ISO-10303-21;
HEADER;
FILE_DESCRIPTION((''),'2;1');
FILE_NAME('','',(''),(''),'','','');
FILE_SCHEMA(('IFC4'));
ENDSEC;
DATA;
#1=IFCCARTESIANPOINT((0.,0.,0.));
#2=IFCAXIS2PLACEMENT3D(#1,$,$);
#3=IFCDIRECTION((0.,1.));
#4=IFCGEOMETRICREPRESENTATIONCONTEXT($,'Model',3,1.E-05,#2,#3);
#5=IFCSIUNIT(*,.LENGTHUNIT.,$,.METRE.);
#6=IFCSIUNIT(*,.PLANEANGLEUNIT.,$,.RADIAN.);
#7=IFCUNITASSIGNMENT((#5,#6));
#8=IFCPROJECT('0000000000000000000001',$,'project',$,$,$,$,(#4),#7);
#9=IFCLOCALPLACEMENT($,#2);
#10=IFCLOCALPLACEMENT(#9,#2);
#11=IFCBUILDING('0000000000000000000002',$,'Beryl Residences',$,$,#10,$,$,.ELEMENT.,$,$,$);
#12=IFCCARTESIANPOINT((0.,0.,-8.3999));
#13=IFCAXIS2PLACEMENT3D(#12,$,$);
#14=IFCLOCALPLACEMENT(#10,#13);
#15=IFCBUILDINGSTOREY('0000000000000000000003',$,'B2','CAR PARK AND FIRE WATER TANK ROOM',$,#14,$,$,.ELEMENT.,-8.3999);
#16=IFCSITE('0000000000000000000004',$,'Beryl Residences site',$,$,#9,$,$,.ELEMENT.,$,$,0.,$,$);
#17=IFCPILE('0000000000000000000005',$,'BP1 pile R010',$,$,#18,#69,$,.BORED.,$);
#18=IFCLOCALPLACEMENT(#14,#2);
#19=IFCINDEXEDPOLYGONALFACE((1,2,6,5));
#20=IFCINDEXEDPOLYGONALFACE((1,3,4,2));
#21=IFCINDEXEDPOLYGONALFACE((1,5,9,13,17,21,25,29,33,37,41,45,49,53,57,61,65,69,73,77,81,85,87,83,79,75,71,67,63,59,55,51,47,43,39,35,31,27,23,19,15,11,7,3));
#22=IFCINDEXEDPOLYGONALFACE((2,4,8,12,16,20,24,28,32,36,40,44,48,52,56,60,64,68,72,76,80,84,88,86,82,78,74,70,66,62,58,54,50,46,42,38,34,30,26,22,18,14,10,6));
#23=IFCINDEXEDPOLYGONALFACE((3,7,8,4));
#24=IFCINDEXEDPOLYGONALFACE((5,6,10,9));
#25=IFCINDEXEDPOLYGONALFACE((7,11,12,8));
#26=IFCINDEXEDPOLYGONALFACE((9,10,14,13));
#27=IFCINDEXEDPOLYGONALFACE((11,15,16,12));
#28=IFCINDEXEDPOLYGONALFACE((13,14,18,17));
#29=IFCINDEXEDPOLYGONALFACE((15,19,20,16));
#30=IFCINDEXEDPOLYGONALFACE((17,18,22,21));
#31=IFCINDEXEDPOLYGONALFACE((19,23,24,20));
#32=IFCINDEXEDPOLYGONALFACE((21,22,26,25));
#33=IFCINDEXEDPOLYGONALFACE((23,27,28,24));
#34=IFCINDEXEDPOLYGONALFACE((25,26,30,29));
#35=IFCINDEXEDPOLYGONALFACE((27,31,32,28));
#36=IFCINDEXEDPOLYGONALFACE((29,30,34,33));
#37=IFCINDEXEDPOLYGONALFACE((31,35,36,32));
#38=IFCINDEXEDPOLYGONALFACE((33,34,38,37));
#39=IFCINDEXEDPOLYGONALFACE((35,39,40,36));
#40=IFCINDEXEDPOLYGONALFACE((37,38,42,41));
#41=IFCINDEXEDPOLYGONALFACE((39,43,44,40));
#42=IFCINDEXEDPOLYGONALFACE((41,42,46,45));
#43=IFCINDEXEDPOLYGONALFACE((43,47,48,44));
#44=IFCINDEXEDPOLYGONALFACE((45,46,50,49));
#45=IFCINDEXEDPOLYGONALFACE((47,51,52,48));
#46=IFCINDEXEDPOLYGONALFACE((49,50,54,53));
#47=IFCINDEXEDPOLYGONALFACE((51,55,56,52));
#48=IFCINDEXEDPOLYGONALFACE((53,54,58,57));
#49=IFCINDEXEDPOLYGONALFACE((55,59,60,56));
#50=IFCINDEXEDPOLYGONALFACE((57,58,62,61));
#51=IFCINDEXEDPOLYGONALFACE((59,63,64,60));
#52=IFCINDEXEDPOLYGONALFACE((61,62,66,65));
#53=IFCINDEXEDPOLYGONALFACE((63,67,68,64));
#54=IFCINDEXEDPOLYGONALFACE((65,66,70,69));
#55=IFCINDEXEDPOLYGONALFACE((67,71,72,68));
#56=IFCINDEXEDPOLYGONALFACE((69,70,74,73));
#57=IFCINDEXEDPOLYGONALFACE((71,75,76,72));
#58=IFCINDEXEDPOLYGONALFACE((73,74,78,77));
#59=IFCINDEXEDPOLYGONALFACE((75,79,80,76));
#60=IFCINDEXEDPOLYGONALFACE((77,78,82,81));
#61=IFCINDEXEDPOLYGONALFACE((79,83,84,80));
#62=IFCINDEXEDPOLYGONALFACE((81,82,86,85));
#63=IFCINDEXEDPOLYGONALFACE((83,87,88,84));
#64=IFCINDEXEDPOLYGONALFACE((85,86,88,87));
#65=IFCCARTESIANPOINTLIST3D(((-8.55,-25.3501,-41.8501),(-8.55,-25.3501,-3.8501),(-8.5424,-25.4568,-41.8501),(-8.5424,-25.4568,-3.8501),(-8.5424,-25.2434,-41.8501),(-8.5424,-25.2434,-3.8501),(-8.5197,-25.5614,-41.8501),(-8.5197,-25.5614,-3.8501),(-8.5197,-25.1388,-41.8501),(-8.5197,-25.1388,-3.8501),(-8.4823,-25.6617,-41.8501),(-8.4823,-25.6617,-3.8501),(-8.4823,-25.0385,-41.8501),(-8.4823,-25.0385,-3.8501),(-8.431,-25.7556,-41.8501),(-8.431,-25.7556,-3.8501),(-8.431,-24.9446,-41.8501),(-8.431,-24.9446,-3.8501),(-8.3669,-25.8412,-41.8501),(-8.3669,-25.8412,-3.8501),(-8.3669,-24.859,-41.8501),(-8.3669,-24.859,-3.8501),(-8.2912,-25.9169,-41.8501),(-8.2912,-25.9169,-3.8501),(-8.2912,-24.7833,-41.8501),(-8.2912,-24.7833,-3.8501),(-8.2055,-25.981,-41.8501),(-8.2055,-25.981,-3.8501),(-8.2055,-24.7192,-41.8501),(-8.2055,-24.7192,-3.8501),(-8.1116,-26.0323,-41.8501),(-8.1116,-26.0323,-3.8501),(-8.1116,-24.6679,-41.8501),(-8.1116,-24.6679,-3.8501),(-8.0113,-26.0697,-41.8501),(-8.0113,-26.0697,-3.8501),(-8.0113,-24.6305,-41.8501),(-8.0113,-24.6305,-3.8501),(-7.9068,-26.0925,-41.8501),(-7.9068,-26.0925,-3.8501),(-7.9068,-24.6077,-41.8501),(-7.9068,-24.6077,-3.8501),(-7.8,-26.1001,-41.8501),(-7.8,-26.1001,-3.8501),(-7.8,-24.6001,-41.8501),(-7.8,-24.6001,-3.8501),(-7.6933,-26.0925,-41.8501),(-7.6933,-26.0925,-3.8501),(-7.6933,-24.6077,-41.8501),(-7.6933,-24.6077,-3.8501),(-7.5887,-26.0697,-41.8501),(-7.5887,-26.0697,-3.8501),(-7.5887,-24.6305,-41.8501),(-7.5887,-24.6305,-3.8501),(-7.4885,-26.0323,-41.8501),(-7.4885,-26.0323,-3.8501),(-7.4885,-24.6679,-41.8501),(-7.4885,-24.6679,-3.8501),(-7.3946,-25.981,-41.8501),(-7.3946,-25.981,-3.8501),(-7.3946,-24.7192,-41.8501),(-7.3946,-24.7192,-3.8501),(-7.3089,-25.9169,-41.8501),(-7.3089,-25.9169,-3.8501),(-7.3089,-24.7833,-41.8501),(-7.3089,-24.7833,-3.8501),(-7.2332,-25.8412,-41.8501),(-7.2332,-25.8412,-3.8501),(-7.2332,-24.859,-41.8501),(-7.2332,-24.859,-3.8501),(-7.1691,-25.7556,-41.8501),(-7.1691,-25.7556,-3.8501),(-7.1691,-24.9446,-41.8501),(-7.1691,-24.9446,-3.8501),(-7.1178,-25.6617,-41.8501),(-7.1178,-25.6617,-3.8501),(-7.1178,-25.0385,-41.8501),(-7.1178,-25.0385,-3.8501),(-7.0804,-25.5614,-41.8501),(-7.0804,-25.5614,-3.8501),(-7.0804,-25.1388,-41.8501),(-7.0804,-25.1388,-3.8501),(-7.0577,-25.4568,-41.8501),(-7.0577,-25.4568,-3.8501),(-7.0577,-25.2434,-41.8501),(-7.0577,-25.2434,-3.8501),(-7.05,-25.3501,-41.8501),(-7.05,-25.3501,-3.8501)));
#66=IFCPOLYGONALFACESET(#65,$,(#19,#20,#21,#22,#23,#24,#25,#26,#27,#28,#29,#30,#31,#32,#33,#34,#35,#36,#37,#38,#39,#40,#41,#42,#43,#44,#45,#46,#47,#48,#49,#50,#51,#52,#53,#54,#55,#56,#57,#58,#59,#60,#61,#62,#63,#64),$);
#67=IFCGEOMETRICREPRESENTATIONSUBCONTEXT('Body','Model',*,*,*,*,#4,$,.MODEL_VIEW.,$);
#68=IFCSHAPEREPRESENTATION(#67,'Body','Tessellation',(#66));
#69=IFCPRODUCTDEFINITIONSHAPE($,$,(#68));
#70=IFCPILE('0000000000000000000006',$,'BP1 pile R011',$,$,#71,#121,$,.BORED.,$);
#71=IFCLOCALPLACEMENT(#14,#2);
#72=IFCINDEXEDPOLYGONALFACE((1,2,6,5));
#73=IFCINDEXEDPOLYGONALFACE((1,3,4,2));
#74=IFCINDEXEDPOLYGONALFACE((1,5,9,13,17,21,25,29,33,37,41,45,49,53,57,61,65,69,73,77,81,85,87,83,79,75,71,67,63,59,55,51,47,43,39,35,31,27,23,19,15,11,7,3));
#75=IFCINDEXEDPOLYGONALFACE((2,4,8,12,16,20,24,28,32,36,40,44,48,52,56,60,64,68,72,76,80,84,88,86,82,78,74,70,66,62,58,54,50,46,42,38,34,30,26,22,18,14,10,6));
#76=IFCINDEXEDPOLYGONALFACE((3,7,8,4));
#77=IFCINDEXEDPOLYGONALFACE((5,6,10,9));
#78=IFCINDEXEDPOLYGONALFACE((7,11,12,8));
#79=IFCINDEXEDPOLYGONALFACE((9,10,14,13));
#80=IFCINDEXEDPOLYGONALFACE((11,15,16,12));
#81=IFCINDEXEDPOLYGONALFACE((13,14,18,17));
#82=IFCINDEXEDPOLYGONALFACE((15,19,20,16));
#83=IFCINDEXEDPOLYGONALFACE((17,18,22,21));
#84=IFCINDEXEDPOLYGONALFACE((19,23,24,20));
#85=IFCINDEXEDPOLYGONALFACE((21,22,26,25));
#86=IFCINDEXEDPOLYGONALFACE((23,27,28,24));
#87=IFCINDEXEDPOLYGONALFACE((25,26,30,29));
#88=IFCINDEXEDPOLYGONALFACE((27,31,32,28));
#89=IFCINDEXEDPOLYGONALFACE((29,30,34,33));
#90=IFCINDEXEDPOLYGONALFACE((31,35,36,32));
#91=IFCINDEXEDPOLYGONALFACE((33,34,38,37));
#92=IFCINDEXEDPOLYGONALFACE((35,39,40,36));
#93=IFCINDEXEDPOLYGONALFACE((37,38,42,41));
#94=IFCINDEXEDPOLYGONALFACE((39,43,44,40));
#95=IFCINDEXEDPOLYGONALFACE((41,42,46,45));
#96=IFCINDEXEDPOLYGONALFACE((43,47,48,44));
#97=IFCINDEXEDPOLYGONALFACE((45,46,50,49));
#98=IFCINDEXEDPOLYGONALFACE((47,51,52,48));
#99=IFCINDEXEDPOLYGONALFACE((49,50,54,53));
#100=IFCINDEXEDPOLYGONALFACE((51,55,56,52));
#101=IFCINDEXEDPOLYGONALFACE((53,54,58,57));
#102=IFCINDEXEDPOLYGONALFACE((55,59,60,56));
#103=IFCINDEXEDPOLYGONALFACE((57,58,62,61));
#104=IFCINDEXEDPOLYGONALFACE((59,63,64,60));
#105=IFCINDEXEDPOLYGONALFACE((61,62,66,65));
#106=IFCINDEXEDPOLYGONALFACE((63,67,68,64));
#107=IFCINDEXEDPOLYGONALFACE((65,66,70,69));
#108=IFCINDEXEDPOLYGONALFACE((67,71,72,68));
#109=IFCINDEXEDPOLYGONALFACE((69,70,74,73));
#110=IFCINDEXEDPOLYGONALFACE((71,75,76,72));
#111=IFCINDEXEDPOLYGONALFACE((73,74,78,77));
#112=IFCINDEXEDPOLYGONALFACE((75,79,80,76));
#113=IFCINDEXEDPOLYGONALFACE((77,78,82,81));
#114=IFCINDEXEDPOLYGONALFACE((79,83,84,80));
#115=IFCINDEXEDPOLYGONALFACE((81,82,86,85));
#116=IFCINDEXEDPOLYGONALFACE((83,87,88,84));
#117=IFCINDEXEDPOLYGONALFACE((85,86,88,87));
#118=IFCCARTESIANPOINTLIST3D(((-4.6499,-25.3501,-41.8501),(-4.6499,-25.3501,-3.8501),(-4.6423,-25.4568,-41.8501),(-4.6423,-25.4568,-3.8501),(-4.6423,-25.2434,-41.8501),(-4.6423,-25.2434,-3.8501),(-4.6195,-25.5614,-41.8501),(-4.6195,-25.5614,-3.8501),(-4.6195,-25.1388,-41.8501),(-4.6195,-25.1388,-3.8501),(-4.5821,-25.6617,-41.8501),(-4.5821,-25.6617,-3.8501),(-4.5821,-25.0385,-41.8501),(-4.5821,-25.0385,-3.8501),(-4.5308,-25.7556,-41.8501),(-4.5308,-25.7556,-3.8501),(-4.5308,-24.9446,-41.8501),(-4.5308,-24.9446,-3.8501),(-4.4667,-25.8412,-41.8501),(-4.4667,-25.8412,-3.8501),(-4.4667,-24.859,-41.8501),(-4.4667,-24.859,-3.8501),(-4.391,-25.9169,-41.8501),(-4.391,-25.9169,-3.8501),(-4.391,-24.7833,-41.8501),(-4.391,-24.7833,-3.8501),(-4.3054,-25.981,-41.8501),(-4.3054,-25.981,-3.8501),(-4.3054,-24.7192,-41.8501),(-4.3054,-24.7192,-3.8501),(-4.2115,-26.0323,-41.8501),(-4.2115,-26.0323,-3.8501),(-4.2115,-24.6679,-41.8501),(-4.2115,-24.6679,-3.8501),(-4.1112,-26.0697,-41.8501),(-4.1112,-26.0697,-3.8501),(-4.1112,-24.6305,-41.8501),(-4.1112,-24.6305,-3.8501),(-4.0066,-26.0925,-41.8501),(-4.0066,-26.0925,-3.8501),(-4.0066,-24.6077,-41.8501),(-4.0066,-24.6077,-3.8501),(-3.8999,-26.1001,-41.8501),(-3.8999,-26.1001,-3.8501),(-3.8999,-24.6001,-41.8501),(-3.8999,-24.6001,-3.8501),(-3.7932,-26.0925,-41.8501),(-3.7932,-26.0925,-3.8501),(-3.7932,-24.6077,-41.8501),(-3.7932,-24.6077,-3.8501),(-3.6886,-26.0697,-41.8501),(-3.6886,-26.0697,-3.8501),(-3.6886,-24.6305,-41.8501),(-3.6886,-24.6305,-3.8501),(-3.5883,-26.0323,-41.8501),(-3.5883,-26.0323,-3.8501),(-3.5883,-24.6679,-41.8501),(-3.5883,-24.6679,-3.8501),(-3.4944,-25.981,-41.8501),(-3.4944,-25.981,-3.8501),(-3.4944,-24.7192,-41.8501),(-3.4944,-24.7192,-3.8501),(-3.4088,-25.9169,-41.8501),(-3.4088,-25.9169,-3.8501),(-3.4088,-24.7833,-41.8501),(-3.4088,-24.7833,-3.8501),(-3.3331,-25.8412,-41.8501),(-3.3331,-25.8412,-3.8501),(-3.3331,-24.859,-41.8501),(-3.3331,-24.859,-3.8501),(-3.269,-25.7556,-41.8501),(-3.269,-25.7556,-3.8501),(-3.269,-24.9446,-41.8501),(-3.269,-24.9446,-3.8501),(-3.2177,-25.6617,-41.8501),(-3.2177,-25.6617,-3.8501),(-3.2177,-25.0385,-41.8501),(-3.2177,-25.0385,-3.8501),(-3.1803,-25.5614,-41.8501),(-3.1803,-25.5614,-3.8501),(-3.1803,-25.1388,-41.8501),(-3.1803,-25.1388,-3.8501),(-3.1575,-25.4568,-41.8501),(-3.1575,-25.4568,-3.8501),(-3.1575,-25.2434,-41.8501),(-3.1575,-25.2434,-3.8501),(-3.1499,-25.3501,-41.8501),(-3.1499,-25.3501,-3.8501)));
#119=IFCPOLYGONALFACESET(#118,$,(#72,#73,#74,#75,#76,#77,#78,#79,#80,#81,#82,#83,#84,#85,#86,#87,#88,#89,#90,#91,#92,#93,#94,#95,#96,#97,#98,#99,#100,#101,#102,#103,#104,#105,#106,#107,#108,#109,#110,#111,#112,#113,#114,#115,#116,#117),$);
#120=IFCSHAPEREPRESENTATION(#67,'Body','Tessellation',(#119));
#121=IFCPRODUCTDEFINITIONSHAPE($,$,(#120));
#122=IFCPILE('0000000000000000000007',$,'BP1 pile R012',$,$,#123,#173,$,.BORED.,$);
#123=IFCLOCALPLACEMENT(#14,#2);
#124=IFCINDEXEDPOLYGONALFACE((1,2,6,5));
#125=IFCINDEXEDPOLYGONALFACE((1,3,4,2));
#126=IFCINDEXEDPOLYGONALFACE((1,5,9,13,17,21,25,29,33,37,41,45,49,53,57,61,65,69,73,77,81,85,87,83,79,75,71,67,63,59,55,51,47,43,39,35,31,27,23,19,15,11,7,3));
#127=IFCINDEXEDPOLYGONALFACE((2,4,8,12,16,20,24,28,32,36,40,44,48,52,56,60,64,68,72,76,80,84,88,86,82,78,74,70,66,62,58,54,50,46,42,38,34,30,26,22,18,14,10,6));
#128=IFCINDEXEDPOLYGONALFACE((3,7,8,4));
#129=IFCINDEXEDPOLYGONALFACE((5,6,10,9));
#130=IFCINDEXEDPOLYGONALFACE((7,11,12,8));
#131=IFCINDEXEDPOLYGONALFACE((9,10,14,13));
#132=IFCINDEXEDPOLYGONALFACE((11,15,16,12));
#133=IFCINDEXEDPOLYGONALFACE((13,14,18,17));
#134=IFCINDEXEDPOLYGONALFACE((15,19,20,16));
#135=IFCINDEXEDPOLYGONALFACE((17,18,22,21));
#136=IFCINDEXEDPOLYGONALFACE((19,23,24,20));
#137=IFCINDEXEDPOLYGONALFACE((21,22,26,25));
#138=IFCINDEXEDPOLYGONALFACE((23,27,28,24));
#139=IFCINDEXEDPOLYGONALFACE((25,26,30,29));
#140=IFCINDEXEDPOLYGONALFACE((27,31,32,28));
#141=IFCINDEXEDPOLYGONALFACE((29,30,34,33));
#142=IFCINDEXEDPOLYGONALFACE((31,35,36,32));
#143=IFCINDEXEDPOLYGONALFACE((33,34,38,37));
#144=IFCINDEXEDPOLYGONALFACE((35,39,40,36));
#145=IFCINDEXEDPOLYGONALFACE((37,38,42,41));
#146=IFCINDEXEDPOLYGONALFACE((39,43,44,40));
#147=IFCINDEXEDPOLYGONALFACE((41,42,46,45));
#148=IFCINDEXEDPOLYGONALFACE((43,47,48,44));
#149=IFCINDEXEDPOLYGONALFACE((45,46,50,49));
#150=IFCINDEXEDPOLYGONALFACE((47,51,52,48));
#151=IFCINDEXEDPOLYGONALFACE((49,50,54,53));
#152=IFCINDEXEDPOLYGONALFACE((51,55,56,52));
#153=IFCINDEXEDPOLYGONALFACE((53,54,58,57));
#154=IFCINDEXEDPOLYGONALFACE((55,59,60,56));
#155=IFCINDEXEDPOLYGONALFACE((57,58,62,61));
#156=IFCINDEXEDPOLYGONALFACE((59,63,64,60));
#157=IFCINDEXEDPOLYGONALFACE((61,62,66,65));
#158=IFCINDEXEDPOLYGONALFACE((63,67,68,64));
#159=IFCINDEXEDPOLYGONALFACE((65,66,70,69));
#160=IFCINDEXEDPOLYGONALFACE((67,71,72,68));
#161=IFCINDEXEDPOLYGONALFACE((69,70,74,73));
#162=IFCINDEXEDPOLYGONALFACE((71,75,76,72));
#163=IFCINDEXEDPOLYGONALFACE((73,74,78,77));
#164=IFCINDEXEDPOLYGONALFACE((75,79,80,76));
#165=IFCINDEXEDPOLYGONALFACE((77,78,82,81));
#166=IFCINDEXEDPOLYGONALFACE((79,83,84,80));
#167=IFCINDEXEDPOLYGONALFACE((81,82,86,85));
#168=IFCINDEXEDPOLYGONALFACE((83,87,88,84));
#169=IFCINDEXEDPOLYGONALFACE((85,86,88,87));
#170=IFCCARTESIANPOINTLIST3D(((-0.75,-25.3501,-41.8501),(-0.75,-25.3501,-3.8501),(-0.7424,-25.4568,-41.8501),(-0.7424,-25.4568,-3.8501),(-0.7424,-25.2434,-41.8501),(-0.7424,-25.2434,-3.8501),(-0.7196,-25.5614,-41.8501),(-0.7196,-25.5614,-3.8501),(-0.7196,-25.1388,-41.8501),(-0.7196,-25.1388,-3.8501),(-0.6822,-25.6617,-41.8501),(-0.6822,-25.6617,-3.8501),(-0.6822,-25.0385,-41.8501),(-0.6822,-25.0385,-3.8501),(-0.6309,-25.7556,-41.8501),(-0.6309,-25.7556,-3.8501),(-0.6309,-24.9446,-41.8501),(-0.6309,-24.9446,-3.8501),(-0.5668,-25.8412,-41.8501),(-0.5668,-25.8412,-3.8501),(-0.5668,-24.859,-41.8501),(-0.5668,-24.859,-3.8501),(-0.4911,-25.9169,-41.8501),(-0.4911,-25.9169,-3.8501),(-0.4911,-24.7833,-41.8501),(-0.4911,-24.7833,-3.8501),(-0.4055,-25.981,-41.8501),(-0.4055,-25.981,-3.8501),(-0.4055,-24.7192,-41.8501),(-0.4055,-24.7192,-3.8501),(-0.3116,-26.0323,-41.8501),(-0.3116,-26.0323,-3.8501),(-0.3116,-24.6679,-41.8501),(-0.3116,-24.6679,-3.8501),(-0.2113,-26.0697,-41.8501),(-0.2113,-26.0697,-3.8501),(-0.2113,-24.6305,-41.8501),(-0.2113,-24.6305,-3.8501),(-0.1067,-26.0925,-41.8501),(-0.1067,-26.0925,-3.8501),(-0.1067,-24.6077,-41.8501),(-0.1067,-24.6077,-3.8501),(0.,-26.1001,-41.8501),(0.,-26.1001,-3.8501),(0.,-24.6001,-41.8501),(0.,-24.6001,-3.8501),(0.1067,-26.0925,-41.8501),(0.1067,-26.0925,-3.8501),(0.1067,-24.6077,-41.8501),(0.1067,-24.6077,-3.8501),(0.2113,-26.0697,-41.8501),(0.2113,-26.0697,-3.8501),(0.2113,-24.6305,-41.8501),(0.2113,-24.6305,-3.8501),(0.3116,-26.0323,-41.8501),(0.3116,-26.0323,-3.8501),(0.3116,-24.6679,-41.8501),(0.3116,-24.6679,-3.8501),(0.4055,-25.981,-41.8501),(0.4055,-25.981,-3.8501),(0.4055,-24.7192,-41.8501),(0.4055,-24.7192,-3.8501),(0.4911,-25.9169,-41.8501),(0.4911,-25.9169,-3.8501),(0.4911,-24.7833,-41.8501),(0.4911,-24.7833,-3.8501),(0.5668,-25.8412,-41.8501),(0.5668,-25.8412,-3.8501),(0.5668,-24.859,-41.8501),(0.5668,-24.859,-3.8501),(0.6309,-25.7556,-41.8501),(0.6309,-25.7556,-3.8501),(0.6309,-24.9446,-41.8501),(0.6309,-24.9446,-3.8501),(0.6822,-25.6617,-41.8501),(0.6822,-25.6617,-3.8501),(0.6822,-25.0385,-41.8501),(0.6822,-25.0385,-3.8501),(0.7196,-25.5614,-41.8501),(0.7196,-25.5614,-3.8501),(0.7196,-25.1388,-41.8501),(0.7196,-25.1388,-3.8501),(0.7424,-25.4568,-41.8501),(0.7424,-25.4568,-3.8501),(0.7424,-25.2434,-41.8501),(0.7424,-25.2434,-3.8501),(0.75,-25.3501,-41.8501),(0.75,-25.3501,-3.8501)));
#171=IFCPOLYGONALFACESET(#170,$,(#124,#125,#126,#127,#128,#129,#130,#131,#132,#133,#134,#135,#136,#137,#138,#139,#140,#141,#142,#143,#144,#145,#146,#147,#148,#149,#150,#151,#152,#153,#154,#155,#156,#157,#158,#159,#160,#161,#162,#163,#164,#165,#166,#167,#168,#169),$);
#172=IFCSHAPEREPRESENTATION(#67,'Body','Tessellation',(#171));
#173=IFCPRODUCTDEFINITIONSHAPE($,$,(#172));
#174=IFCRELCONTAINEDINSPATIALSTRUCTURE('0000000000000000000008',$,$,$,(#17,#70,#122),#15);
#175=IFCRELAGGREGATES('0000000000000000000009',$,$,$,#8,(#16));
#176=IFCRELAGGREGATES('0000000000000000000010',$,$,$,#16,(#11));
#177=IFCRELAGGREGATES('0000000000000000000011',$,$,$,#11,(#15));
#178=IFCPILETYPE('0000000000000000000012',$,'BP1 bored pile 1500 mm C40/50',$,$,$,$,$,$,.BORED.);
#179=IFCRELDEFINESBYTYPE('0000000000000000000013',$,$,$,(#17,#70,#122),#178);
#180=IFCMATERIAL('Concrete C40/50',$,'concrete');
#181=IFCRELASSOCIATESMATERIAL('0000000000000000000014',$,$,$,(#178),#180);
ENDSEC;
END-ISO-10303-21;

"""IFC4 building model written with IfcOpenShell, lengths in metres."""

from ifc_helpers import new_model, si_unit, direction, frame, origin, origin_2d, place, context, subcontext, project, spatial, circle, extrude, material, material_profile, profile_set, type_object, element, save


model = new_model("IFC4")

# Units and contexts
model_context = context("Model", 3, precision=1e-05, world=origin(), true_north=direction((0.0, 1.0)))
body_context = subcontext(model_context, "Body", "Model", "MODEL_VIEW")
ifc_project = project(units=[si_unit("LENGTHUNIT", "METRE"), si_unit("PLANEANGLEUNIT", "RADIAN")], contexts=[model_context])

# Site, building, storey
site_placement = place(None, origin())
site = spatial("IfcSite", under=ifc_project, at=site_placement, Name="Beryl Residences site", CompositionType="ELEMENT", RefElevation=0.0)
building_placement = place(site_placement, origin())
building = spatial("IfcBuilding", under=site, at=building_placement, Name="Beryl Residences", CompositionType="ELEMENT")
storey_placement = place(building_placement, frame((0.0, 0.0, -8.3999)))
storey = spatial("IfcBuildingStorey", under=building, at=storey_placement, Name="B2", Description="CAR PARK AND FIRE WATER TANK ROOM", CompositionType="ELEMENT", Elevation=-8.3999)

# Piles
ifc_material_1 = material(Name="Concrete C40/50", Category="concrete")
ifc_material_profile_1 = material_profile(ifc_material_1, circle(Radius=0.75, at=origin_2d()))
ifc_profile_set_1 = profile_set([ifc_material_profile_1], Name="Concrete C40/50")
pile_type_1 = type_object("IfcPileType", Name="BP1 bored pile 1500 mm C40/50", PredefinedType="BORED", material=ifc_profile_set_1)
for number, where, z_axis, x_axis, name in (
    (1, (-7.8, -25.3501, -3.8501), (0.0, 0.0, -1.0), (1.0, 0.0, 0.0), "BP1 pile R010"),
    (2, (-3.8999, -25.3501, -3.8501), (0.0, 0.0, -1.0), (1.0, 0.0, 0.0), "BP1 pile R011"),
    (3, (0.0, -25.3501, -3.8501), (0.0, 0.0, -1.0), (1.0, 0.0, 0.0), "BP1 pile R012"),
):
    element("IfcPile", number, at=place(storey_placement, frame(where, z_axis=z_axis, x_axis=x_axis)), inside=storey, type_object=pile_type_1, Name=name, PredefinedType="BORED", context=body_context, shape_type="SweptSolid", body=[
        extrude(circle(Radius=0.75, at=origin_2d()), origin(), (0.0, 0.0, 1.0), 38.0),
    ])

save(model, "model.ifc")
